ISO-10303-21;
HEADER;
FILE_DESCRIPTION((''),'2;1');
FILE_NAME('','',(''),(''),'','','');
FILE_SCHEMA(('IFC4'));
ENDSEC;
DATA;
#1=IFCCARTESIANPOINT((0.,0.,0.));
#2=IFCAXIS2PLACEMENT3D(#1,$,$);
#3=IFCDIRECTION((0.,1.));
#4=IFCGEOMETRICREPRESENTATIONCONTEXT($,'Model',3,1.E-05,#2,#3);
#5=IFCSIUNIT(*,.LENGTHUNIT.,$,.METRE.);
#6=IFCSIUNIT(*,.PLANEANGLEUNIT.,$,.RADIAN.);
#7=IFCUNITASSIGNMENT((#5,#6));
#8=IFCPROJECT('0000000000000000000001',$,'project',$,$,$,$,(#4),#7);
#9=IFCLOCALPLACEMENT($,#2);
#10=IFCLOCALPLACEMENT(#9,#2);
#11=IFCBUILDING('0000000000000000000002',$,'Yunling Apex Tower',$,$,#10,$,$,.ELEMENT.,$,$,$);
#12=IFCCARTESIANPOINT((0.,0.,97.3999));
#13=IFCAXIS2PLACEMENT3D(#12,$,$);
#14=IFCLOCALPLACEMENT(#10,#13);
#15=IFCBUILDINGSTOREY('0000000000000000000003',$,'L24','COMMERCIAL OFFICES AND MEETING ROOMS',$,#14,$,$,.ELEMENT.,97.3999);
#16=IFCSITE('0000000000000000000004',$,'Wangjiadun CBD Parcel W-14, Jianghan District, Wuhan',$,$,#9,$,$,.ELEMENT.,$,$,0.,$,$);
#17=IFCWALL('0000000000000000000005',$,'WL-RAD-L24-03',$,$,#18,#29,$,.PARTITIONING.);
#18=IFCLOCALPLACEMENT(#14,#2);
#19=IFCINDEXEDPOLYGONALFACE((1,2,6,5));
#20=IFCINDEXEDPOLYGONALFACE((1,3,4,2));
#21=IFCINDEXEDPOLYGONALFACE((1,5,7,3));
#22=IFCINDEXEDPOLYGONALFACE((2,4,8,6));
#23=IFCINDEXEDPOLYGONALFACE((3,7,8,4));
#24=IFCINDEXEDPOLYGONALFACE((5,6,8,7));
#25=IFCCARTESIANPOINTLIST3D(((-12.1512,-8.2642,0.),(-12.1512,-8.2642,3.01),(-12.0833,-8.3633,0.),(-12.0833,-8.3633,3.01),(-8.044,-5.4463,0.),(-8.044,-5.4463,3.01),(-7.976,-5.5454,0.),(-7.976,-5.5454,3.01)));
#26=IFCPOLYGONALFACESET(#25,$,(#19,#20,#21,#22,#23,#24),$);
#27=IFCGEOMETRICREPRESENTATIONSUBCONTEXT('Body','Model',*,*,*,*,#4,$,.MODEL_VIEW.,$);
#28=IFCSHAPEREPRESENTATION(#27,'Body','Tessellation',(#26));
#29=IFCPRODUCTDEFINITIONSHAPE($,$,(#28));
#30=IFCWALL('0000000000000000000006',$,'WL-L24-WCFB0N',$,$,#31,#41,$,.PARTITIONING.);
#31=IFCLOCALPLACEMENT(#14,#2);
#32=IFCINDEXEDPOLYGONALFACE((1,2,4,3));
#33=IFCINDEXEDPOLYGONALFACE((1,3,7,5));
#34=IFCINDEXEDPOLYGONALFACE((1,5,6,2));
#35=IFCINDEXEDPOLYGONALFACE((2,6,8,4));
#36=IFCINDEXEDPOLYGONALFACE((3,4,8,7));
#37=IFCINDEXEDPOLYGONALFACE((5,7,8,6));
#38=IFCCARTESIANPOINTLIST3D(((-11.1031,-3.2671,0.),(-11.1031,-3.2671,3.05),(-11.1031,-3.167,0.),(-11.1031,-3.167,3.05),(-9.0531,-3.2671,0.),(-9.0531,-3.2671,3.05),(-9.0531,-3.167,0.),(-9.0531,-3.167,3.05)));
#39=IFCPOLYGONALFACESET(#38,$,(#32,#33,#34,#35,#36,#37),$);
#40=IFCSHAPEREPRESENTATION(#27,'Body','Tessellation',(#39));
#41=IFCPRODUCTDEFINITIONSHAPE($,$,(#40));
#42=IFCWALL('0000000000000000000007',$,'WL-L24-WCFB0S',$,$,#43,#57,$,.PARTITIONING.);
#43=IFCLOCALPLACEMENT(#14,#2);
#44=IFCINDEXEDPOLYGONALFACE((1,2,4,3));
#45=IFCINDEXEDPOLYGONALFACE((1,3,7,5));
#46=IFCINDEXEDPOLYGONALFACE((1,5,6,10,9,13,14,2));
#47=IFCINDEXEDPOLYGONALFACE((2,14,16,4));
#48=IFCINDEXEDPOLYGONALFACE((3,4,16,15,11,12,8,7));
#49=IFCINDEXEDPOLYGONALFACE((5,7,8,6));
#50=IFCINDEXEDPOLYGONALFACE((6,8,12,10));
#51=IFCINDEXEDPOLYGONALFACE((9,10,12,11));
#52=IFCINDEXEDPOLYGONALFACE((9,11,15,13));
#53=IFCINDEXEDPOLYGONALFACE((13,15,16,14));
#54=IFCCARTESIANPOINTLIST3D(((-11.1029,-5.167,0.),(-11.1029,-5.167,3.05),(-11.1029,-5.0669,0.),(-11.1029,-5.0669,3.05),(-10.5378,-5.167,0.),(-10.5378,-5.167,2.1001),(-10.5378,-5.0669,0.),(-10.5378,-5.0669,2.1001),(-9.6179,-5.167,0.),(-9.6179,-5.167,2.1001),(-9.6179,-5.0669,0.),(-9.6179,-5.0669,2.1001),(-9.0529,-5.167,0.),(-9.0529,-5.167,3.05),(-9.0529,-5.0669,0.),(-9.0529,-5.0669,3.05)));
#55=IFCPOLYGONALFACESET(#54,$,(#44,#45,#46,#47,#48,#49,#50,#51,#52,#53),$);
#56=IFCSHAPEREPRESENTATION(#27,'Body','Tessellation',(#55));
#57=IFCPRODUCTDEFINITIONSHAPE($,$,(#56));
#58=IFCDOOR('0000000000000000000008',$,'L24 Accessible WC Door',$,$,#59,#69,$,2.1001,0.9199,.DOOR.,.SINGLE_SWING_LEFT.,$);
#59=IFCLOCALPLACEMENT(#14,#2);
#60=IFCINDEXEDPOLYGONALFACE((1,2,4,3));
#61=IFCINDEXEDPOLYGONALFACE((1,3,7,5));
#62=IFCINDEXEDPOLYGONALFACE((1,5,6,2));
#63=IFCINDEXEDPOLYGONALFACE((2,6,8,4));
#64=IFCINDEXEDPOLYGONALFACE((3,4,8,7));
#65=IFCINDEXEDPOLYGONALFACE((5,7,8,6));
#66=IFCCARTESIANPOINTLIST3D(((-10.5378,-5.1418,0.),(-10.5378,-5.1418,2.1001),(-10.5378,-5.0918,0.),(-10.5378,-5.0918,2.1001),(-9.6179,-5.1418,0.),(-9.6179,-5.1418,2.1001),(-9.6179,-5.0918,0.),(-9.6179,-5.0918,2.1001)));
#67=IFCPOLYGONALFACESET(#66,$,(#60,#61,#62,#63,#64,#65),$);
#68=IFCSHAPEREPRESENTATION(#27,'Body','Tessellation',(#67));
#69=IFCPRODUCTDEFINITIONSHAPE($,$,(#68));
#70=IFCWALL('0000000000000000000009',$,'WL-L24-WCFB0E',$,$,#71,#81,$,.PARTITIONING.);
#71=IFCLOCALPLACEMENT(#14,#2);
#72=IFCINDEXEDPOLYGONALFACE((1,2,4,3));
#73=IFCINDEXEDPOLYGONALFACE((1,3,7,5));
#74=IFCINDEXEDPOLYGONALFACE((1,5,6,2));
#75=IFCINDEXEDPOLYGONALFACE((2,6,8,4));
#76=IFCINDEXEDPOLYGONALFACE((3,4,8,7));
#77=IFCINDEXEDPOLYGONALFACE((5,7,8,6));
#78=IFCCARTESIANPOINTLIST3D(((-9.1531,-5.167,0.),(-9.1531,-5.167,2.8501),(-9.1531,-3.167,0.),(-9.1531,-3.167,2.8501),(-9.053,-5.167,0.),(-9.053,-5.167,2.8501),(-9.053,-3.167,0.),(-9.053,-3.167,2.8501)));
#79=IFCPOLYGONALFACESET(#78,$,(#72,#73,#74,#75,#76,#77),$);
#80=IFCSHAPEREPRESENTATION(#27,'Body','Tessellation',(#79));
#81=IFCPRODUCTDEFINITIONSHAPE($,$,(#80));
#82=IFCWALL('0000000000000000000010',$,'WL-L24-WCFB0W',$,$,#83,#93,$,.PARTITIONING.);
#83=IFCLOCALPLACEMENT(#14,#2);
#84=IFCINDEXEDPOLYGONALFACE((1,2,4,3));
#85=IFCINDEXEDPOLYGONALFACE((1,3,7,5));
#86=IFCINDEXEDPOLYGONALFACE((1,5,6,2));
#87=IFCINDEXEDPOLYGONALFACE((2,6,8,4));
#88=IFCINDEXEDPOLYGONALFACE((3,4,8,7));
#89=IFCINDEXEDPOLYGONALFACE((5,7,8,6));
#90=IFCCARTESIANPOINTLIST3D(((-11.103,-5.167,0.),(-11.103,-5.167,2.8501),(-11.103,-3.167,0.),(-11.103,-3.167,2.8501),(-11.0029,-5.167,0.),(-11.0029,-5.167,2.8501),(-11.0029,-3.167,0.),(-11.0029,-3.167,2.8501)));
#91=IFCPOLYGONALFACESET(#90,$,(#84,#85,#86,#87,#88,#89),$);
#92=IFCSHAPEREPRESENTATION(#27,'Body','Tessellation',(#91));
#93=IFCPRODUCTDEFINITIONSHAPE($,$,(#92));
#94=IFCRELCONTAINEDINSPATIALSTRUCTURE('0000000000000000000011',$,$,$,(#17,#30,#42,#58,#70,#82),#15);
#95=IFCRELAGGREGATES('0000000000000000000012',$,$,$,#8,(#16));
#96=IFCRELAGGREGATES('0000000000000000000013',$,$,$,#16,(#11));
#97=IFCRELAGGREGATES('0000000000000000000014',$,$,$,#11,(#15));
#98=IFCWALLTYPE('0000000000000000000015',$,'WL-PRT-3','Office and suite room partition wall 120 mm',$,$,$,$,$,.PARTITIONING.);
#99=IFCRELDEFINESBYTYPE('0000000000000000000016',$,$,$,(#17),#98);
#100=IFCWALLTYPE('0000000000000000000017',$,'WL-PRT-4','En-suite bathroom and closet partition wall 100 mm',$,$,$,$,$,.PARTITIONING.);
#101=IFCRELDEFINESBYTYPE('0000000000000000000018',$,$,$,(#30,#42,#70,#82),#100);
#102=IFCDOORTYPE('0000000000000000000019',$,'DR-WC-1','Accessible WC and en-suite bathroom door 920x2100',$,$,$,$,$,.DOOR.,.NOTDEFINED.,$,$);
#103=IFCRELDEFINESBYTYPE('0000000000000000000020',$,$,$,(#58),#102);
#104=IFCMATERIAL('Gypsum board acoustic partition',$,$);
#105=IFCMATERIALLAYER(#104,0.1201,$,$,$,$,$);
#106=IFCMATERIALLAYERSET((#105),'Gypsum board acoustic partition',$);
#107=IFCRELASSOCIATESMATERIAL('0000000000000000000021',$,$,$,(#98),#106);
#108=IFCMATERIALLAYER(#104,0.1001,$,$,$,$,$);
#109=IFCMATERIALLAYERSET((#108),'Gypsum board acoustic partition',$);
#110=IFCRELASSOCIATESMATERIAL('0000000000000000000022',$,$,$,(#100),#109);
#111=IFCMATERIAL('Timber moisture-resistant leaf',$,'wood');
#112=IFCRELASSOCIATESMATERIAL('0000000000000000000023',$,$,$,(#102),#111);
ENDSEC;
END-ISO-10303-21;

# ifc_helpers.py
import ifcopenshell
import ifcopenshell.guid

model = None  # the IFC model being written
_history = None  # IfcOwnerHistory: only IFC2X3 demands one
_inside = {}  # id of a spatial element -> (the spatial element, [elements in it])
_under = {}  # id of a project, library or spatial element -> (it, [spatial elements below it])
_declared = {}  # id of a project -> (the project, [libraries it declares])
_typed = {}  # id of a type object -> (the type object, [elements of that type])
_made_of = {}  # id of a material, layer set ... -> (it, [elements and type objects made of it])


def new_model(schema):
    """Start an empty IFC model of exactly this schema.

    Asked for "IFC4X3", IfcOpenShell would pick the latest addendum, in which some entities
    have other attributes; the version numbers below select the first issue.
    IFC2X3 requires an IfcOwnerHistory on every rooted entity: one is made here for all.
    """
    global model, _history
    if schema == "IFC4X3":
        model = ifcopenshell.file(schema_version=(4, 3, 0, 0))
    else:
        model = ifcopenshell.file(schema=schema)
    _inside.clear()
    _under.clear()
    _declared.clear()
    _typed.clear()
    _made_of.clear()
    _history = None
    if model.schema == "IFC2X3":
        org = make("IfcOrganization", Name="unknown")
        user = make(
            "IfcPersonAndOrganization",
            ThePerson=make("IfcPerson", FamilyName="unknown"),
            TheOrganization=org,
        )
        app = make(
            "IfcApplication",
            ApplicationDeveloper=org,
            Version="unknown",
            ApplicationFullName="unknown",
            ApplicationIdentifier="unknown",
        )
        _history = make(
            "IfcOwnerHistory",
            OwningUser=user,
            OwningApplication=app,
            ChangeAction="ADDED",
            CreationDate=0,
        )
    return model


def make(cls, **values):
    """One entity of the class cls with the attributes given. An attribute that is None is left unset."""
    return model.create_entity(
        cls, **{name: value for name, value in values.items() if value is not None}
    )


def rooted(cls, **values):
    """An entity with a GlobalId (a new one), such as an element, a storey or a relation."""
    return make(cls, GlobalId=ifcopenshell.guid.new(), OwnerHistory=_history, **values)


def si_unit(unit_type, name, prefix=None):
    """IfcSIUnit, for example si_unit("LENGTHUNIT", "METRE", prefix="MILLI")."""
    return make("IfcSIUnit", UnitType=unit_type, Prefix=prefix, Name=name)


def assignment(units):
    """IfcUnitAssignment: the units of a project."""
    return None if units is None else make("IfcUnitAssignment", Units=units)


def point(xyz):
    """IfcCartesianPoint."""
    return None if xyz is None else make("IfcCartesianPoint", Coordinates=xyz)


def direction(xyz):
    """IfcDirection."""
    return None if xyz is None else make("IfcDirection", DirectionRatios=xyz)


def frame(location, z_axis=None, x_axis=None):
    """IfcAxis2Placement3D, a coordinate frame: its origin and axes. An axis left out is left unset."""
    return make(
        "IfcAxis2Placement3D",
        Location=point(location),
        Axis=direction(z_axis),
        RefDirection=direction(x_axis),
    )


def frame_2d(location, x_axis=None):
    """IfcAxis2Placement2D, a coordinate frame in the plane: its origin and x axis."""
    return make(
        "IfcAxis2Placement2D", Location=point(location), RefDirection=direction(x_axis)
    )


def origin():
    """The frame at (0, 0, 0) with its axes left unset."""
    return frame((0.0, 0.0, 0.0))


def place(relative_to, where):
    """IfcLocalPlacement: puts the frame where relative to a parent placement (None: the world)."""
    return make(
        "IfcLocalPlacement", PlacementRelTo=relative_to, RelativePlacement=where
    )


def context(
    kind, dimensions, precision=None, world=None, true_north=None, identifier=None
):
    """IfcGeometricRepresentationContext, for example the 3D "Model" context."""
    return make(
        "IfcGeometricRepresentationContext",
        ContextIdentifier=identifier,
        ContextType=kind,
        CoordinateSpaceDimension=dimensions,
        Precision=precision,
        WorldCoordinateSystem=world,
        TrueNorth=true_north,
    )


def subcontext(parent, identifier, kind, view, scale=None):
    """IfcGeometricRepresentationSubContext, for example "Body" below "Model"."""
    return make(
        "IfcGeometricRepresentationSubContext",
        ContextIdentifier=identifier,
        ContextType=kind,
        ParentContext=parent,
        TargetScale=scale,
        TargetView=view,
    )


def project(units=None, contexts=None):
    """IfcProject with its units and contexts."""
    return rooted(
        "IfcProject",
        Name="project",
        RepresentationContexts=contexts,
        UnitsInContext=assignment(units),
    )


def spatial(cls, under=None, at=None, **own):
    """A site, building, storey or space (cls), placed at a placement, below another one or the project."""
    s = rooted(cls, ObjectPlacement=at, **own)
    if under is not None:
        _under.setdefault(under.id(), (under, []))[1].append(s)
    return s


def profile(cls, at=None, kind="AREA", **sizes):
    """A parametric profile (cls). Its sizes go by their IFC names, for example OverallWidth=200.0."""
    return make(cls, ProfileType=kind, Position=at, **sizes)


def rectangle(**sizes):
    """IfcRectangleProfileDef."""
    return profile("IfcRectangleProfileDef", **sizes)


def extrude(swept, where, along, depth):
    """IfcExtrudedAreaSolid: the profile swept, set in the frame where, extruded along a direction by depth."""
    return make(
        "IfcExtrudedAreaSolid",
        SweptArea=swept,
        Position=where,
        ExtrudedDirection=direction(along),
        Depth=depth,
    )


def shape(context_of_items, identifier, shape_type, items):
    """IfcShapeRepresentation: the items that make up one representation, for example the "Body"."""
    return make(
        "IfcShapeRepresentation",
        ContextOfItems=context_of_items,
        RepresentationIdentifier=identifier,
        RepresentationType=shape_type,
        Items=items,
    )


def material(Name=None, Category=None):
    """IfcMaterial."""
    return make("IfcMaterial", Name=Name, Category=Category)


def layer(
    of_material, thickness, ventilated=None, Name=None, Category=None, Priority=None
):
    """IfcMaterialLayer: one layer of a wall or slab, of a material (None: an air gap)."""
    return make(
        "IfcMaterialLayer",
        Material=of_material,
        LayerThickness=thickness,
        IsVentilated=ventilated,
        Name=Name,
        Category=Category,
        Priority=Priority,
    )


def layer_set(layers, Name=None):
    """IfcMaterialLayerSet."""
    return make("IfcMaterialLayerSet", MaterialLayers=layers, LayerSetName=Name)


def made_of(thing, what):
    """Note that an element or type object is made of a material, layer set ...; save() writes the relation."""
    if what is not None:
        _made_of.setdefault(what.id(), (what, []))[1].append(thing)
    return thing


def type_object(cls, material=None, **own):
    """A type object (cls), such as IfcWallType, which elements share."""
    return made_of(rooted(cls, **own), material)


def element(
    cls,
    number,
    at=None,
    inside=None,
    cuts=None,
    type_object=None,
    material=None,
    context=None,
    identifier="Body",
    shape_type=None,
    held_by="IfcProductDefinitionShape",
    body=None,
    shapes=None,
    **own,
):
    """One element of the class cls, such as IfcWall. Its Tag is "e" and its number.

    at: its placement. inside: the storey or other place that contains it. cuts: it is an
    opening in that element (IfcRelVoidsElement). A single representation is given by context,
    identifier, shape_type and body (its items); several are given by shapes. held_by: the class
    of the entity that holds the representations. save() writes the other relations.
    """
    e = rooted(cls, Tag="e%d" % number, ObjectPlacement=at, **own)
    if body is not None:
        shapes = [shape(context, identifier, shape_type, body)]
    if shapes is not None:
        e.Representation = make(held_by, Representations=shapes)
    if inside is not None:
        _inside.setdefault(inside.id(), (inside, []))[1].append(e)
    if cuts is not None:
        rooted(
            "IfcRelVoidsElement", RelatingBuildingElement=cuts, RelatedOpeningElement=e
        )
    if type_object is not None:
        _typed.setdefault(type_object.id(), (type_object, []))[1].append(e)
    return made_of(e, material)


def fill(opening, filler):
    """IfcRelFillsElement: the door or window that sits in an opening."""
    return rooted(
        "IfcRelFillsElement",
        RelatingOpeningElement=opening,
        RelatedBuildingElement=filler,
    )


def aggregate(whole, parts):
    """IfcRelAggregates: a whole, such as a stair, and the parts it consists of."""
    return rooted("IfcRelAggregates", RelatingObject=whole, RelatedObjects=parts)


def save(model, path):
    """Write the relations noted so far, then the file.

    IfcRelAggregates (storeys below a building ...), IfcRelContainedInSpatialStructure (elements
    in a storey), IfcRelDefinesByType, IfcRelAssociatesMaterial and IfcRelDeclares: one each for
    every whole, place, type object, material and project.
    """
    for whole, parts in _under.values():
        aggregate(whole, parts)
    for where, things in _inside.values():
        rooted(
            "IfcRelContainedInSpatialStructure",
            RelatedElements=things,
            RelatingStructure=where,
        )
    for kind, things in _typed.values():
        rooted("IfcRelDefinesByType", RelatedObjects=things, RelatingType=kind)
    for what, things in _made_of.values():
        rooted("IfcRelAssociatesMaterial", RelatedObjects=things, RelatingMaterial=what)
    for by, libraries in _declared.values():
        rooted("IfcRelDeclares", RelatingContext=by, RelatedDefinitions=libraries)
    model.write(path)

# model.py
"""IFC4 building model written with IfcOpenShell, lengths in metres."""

from ifc_helpers import new_model, si_unit, direction, frame, frame_2d, origin, place, context, subcontext, project, spatial, rectangle, extrude, material, layer, layer_set, type_object, element, fill, save


model = new_model("IFC4")

# Units and contexts
model_context = context("Model", 3, precision=1e-05, world=origin(), true_north=direction((0.0, 1.0)))
body_context = subcontext(model_context, "Body", "Model", "MODEL_VIEW")
ifc_project = project(units=[si_unit("LENGTHUNIT", "METRE"), si_unit("PLANEANGLEUNIT", "RADIAN")], contexts=[model_context])

# Site, building, storey
site_placement = place(None, origin())
site = spatial("IfcSite", under=ifc_project, at=site_placement, Name="Wangjiadun CBD Parcel W-14, Jianghan District, Wuhan", CompositionType="ELEMENT", RefElevation=0.0)
building_placement = place(site_placement, origin())
building = spatial("IfcBuilding", under=site, at=building_placement, Name="Yunling Apex Tower", CompositionType="ELEMENT")
storey_placement = place(building_placement, frame((0.0, 0.0, 97.3999)))
storey = spatial("IfcBuildingStorey", under=building, at=storey_placement, Name="L24", Description="COMMERCIAL OFFICES AND MEETING ROOMS", CompositionType="ELEMENT", Elevation=97.3999)

# Walls
ifc_material_1 = material(Name="Gypsum board acoustic partition")
ifc_layer_1 = layer(ifc_material_1, 0.1201)
ifc_layer_set_1 = layer_set([ifc_layer_1], Name="Gypsum board acoustic partition")
wall_type_1 = type_object("IfcWallType", Name="WL-PRT-3", Description="Office and suite room partition wall 120 mm", PredefinedType="PARTITIONING", material=ifc_layer_set_1)
wall_1_placement = place(storey_placement, frame((-8.01, -5.4958, 0.0), z_axis=(0.0, 0.0, 1.0), x_axis=(-0.824586, -0.565736, 0.0)))
element("IfcWall", 1, at=wall_1_placement, inside=storey, type_object=wall_type_1, Name="WL-RAD-L24-03", PredefinedType="PARTITIONING", context=body_context, shape_type="SweptSolid", body=[
    extrude(rectangle(XDim=4.981, YDim=0.1201, at=frame_2d((2.4905, 0.0))), origin(), (0.0, 0.0, 1.0), 3.01),
])
ifc_layer_2 = layer(ifc_material_1, 0.1001)
ifc_layer_set_2 = layer_set([ifc_layer_2], Name="Gypsum board acoustic partition")
wall_type_2 = type_object("IfcWallType", Name="WL-PRT-4", Description="En-suite bathroom and closet partition wall 100 mm", PredefinedType="PARTITIONING", material=ifc_layer_set_2)
wall_2_placement = place(storey_placement, frame((-11.103, -3.217, 0.0), z_axis=(0.0, 0.0, 1.0), x_axis=(1.0, 0.0, 0.0)))
element("IfcWall", 2, at=wall_2_placement, inside=storey, type_object=wall_type_2, Name="WL-L24-WCFB0N", PredefinedType="PARTITIONING", context=body_context, shape_type="SweptSolid", body=[
    extrude(rectangle(XDim=2.05, YDim=0.1001, at=frame_2d((1.0249, 0.0))), origin(), (0.0, 0.0, 1.0), 3.05),
])

# Wall, opening, door
wall_3_placement = place(storey_placement, frame((-9.053, -5.1169, 0.0), z_axis=(0.0, 0.0, 1.0), x_axis=(-1.0, 0.0, 0.0)))
wall_3 = element("IfcWall", 3, at=wall_3_placement, inside=storey, type_object=wall_type_2, Name="WL-L24-WCFB0S", PredefinedType="PARTITIONING", context=body_context, shape_type="SweptSolid", body=[
    extrude(rectangle(XDim=2.05, YDim=0.1001, at=frame_2d((1.0249, 0.0))), origin(), (0.0, 0.0, 1.0), 3.05),
])
opening_placement = place(wall_3_placement, frame((0.5649, 0.0, 0.0)))
opening = element("IfcOpeningElement", 4, at=opening_placement, cuts=wall_3, PredefinedType="OPENING", context=body_context, shape_type="SweptSolid", body=[
    extrude(rectangle(XDim=0.9199, YDim=2.1001, at=frame_2d((0.46, 1.05))), frame((0.0, 0.0601, 0.0), z_axis=(0.0, -1.0, 0.0), x_axis=(1.0, 0.0, 0.0)), (0.0, 0.0, 1.0), 0.1201),
])
ifc_material_2 = material(Name="Timber moisture-resistant leaf", Category="wood")
door_type = type_object("IfcDoorType", Name="DR-WC-1", Description="Accessible WC and en-suite bathroom door 920x2100", OperationType="NOTDEFINED", PredefinedType="DOOR", material=ifc_material_2)
door_placement = place(opening_placement, origin())
door = element("IfcDoor", 5, at=door_placement, inside=storey, type_object=door_type, Name="L24 Accessible WC Door", OperationType="SINGLE_SWING_LEFT", OverallHeight=2.1001, OverallWidth=0.9199, PredefinedType="DOOR", context=body_context, shape_type="SweptSolid", body=[
    extrude(rectangle(XDim=0.9199, YDim=2.1001, at=frame_2d((0.46, 1.05))), frame((0.0, 0.0249, 0.0), z_axis=(0.0, -1.0, 0.0), x_axis=(1.0, 0.0, 0.0)), (0.0, 0.0, 1.0), 0.05),
])
fill(opening, door)

# Walls
for number, where, z_axis, x_axis, name in (
    (6, (-9.103, -3.167, 0.0), (0.0, 0.0, 1.0), (0.0, -1.0, 0.0), "WL-L24-WCFB0E"),
    (7, (-11.053, -5.167, 0.0), (0.0, 0.0, 1.0), (0.0, 1.0, 0.0), "WL-L24-WCFB0W"),
):
    element("IfcWall", number, at=place(storey_placement, frame(where, z_axis=z_axis, x_axis=x_axis)), inside=storey, type_object=wall_type_2, Name=name, PredefinedType="PARTITIONING", context=body_context, shape_type="SweptSolid", body=[
        extrude(rectangle(XDim=2.0, YDim=0.1001, at=frame_2d((1.0, 0.0))), origin(), (0.0, 0.0, 1.0), 2.8501),
    ])

save(model, "model.ifc")
